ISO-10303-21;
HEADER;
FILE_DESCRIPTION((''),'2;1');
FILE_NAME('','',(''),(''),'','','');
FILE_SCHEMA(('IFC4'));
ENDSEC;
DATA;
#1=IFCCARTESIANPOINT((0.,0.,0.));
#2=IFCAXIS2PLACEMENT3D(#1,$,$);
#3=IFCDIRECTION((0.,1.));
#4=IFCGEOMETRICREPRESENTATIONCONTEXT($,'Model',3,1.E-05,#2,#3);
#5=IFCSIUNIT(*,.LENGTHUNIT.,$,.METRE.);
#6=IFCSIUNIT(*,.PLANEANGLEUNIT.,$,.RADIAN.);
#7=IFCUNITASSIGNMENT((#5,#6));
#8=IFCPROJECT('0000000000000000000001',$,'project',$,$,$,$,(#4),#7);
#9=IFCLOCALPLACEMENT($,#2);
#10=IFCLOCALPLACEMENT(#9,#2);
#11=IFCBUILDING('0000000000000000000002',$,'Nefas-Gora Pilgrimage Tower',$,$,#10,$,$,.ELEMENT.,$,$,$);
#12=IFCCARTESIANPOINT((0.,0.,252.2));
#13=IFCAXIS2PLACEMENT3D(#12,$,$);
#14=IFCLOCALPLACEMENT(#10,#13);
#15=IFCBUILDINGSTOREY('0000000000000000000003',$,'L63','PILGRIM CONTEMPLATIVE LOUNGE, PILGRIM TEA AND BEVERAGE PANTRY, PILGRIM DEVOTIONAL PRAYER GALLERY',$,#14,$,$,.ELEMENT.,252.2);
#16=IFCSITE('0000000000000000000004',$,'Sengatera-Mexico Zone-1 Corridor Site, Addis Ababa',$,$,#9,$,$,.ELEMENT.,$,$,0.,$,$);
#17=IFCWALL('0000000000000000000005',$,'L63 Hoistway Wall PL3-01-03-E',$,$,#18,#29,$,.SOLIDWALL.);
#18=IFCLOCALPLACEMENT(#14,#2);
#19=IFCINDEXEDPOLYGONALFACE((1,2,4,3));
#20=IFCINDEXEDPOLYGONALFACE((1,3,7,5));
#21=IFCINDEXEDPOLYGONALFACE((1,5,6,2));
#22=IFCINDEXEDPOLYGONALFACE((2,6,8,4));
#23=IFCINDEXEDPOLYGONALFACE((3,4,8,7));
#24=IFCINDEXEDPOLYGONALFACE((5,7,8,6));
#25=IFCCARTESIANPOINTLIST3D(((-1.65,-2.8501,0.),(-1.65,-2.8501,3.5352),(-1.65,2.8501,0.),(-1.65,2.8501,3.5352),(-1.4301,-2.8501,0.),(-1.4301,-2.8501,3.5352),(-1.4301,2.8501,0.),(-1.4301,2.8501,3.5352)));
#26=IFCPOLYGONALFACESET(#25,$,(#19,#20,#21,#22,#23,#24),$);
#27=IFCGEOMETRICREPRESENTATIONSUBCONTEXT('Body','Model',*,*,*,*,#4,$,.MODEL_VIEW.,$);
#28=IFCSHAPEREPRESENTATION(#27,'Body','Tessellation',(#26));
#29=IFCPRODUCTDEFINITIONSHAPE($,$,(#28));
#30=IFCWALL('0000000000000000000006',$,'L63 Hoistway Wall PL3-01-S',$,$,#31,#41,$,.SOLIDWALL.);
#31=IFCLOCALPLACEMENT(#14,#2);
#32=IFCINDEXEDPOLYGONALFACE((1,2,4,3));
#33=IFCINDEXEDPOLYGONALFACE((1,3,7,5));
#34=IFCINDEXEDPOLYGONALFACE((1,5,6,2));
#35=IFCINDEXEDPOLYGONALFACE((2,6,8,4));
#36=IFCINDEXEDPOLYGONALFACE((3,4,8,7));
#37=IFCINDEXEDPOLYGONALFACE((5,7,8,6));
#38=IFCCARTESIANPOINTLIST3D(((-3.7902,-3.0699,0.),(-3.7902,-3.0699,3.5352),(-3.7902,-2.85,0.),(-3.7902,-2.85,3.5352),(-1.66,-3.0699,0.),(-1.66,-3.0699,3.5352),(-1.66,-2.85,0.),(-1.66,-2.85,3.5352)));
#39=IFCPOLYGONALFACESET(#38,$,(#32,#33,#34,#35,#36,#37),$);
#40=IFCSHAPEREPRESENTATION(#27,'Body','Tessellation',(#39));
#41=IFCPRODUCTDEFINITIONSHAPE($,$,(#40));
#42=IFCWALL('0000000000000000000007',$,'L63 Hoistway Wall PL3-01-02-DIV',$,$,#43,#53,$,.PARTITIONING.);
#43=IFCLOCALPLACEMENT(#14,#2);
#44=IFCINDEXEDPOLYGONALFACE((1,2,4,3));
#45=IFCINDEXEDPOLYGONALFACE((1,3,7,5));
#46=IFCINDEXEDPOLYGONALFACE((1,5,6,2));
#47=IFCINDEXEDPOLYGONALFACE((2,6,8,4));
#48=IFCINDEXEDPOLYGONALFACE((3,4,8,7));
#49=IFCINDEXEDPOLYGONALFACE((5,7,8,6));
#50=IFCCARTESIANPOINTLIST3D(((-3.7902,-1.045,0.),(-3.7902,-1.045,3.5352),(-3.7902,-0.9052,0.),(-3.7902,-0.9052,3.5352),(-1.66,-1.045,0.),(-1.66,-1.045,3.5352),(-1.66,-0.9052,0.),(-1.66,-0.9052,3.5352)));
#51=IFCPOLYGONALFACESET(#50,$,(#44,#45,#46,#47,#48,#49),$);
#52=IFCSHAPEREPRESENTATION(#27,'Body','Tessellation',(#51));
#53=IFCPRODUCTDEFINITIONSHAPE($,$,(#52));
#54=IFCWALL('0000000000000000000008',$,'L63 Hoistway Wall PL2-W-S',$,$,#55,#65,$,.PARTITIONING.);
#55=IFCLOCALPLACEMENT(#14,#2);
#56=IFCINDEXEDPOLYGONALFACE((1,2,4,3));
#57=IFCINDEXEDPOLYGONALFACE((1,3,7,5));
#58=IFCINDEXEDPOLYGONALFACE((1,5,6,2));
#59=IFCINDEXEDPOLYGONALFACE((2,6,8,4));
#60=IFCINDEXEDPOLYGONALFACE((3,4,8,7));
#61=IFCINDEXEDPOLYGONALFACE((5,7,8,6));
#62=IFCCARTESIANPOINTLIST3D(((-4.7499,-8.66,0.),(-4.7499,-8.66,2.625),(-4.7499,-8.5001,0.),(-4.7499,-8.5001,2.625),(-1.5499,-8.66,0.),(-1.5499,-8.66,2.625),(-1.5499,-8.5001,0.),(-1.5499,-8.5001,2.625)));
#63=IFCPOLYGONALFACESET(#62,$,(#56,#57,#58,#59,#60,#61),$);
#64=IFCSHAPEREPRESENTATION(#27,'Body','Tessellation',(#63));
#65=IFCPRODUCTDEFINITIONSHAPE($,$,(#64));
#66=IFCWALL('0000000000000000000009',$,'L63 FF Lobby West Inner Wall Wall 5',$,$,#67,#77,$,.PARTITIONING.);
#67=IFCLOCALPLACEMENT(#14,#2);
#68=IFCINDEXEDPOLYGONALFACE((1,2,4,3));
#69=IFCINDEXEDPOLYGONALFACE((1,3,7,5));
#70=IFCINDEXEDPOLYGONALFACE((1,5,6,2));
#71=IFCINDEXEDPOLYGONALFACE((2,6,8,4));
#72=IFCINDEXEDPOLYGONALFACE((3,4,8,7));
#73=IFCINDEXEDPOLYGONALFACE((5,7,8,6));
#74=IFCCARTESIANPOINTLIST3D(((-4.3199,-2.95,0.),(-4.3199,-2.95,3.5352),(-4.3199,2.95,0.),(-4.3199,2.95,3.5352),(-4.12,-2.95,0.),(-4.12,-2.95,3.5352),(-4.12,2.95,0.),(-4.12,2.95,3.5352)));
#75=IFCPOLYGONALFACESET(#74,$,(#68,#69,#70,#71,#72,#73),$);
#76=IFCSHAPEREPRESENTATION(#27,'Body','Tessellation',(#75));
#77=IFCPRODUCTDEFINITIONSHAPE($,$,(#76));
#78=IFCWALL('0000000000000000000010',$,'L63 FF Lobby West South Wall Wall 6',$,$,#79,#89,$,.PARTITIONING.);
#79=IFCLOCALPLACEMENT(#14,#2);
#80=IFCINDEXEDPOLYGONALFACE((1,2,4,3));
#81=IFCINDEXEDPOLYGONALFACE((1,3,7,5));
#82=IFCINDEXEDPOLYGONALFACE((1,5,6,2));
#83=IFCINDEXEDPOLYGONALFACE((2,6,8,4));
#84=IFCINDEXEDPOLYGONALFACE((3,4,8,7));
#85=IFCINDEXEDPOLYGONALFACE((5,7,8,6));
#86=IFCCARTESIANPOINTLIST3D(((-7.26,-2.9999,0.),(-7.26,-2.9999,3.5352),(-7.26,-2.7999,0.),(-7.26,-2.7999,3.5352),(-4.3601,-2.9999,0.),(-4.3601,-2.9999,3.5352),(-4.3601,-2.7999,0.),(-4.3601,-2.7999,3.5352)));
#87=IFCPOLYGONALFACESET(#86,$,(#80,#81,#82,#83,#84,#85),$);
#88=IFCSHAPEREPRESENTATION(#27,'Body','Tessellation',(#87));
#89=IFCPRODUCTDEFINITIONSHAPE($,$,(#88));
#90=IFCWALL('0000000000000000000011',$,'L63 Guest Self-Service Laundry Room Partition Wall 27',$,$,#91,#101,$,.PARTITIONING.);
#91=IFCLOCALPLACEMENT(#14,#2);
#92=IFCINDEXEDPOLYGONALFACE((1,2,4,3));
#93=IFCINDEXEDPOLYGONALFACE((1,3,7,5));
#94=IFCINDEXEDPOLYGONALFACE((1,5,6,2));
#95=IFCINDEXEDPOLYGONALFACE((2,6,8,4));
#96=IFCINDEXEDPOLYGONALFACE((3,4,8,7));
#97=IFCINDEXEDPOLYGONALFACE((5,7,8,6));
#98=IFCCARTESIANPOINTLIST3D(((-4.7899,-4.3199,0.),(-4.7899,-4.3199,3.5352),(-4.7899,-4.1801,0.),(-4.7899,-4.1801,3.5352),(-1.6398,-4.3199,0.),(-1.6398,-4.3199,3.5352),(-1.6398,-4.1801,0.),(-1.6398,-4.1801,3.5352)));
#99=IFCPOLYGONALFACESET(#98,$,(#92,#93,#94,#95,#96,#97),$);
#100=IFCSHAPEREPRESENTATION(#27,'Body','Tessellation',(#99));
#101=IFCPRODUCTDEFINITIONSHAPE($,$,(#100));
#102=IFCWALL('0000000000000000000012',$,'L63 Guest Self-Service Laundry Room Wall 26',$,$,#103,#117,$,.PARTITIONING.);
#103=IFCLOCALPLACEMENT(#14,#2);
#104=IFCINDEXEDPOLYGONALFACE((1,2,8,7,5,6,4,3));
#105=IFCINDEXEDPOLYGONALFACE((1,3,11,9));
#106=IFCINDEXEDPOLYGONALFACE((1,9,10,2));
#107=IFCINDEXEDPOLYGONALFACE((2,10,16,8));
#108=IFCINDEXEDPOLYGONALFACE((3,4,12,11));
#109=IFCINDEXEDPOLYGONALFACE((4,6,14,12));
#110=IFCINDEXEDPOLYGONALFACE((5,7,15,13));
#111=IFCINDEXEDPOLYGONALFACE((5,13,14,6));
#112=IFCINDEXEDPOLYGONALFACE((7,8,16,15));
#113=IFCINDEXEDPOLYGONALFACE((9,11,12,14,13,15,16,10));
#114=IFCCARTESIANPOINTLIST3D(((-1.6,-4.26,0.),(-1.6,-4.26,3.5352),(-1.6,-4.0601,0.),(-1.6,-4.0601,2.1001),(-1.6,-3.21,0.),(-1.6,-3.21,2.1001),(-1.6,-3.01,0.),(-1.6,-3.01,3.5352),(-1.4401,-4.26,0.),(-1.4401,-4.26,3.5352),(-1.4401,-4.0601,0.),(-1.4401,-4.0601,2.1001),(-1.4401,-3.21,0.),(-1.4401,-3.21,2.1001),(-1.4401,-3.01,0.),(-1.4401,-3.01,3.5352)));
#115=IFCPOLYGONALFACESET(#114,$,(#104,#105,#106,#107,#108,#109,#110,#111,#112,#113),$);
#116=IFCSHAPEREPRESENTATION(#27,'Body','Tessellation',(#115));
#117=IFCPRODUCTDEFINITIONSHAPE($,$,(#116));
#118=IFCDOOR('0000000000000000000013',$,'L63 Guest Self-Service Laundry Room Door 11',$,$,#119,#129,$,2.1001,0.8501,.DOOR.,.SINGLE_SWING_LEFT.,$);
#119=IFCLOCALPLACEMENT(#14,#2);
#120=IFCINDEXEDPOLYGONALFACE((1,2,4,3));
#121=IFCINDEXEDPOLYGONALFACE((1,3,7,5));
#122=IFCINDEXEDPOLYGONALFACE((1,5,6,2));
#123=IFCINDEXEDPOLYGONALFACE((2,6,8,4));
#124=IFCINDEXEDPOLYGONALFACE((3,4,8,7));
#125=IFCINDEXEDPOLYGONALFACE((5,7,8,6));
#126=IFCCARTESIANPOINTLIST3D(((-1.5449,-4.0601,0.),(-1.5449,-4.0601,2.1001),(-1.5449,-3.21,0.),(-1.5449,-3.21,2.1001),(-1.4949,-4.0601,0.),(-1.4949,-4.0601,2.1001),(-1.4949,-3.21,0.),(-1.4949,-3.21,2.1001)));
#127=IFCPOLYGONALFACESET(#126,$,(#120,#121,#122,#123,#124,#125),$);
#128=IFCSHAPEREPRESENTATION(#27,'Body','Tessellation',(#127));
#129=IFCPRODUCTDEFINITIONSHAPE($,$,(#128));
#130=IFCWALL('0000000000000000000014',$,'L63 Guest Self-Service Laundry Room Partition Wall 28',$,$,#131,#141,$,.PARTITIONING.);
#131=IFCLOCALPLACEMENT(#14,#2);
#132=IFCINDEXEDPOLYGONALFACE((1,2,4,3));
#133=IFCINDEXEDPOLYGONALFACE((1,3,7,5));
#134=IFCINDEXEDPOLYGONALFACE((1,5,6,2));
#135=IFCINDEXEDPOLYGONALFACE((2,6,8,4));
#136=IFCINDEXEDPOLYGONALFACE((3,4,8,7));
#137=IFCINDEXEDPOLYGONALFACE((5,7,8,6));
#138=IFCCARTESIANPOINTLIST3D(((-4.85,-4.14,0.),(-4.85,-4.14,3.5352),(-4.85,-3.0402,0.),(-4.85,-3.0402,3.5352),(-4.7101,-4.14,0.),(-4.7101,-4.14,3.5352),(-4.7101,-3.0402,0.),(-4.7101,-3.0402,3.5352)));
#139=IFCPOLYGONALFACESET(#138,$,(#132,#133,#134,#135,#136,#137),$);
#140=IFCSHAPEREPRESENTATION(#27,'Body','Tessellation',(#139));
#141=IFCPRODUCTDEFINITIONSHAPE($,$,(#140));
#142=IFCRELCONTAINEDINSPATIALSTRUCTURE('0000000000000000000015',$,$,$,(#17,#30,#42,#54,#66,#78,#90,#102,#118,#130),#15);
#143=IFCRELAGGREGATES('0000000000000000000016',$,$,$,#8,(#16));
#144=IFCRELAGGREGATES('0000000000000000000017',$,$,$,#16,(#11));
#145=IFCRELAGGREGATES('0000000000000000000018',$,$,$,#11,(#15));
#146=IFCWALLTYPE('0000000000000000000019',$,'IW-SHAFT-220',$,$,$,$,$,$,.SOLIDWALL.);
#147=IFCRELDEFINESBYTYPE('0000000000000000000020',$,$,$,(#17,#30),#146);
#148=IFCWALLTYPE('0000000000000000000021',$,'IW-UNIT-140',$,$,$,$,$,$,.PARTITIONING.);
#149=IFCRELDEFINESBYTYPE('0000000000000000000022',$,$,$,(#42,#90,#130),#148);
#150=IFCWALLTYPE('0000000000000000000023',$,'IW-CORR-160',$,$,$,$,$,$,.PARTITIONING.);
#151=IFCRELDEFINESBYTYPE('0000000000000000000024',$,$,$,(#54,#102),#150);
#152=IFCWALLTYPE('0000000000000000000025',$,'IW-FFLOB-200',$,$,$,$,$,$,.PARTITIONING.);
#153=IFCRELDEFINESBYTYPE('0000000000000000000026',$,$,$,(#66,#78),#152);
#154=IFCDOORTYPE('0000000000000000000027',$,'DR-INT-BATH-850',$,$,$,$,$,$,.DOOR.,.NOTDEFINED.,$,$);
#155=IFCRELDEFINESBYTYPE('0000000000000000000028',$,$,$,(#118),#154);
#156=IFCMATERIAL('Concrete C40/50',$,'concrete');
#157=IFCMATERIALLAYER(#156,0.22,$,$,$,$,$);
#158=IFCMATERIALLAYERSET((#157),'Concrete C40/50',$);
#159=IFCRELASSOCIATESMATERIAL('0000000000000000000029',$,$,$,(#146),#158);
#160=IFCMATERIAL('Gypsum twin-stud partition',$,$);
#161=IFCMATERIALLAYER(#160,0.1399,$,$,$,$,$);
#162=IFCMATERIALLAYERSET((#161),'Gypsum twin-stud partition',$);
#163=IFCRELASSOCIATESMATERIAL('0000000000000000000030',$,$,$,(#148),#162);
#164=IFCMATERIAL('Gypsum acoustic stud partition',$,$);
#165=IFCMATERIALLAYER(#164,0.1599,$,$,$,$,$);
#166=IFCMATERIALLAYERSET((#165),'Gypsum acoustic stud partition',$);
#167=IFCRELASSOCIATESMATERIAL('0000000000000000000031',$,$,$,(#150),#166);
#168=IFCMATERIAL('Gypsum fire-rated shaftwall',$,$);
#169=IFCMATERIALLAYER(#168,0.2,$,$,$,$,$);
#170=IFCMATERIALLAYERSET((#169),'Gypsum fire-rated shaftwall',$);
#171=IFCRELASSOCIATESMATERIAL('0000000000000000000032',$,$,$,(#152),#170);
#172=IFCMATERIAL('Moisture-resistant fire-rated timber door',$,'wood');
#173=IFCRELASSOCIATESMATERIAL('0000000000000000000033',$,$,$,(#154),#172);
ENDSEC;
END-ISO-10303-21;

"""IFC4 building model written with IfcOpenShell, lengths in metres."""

from ifc_helpers import new_model, si_unit, direction, frame, frame_2d, origin, place, context, subcontext, project, spatial, rectangle, extrude, source, transform, mapped, material, layer, layer_set, type_object, element, fill, save


model = new_model("IFC4")

# Units and contexts
model_context = context("Model", 3, precision=1e-05, world=origin(), true_north=direction((0.0, 1.0)))
body_context = subcontext(model_context, "Body", "Model", "MODEL_VIEW")
ifc_project = project(units=[si_unit("LENGTHUNIT", "METRE"), si_unit("PLANEANGLEUNIT", "RADIAN")], contexts=[model_context])

# Site, building, storey
site_placement = place(None, origin())
site = spatial("IfcSite", under=ifc_project, at=site_placement, Name="Sengatera-Mexico Zone-1 Corridor Site, Addis Ababa", CompositionType="ELEMENT", RefElevation=0.0)
building_placement = place(site_placement, origin())
building = spatial("IfcBuilding", under=site, at=building_placement, Name="Nefas-Gora Pilgrimage Tower", CompositionType="ELEMENT")
storey_placement = place(building_placement, frame((0.0, 0.0, 252.2)))
storey = spatial("IfcBuildingStorey", under=building, at=storey_placement, Name="L63", Description="PILGRIM CONTEMPLATIVE LOUNGE, PILGRIM TEA AND BEVERAGE PANTRY, PILGRIM DEVOTIONAL PRAYER GALLERY", CompositionType="ELEMENT", Elevation=252.2)

# Shared definitions
ifc_material_1 = material(Name="Concrete C40/50", Category="concrete")
ifc_layer_1 = layer(ifc_material_1, 0.22)
ifc_layer_set_1 = layer_set([ifc_layer_1], Name="Concrete C40/50")
wall_type_1 = type_object("IfcWallType", Name="IW-SHAFT-220", PredefinedType="SOLIDWALL", material=ifc_layer_set_1)

# Walls
ifc_material_2 = material(Name="Gypsum twin-stud partition")
ifc_layer_2 = layer(ifc_material_2, 0.1399)
ifc_layer_set_2 = layer_set([ifc_layer_2], Name="Gypsum twin-stud partition")
wall_type_2 = type_object("IfcWallType", Name="IW-UNIT-140", PredefinedType="PARTITIONING", material=ifc_layer_set_2)
shared_shape_1 = source(origin(), body_context, "Body", "SweptSolid", [
    extrude(rectangle(XDim=5.7002, YDim=0.22, at=frame_2d((2.8501, 0.0))), origin(), (0.0, 0.0, 1.0), 3.5352),
])
wall_1_placement = place(storey_placement, frame((-1.54, -2.8501, 0.0), z_axis=(0.0, 0.0, 1.0), x_axis=(0.0, 1.0, 0.0)))
element("IfcWall", 1, at=wall_1_placement, inside=storey, type_object=wall_type_1, Name="L63 Hoistway Wall PL3-01-03-E", PredefinedType="SOLIDWALL", context=body_context, shape_type="MappedRepresentation", body=[
    mapped(shared_shape_1, transform((0.0, 0.0, 0.0), x_axis=(1.0, 0.0, 0.0), y_axis=(0.0, 1.0, 0.0), z_axis=(0.0, 0.0, 1.0), scale=1.0)),
])
shared_shape_2 = source(origin(), body_context, "Body", "SweptSolid", [
    extrude(rectangle(XDim=2.1301, YDim=0.22, at=frame_2d((1.0649, 0.0))), origin(), (0.0, 0.0, 1.0), 3.5352),
])
wall_2_placement = place(storey_placement, frame((-3.79, -2.96, 0.0), z_axis=(0.0, 0.0, 1.0), x_axis=(1.0, 0.0, 0.0)))
element("IfcWall", 2, at=wall_2_placement, inside=storey, type_object=wall_type_1, Name="L63 Hoistway Wall PL3-01-S", PredefinedType="SOLIDWALL", context=body_context, shape_type="MappedRepresentation", body=[
    mapped(shared_shape_2, transform((0.0, 0.0, 0.0), x_axis=(1.0, 0.0, 0.0), y_axis=(0.0, 1.0, 0.0), z_axis=(0.0, 0.0, 1.0), scale=1.0)),
])
shared_shape_3 = source(origin(), body_context, "Body", "SweptSolid", [
    extrude(rectangle(XDim=2.1301, YDim=0.1399, at=frame_2d((1.0649, 0.0))), origin(), (0.0, 0.0, 1.0), 3.5352),
])
wall_3_placement = place(storey_placement, frame((-3.79, -0.9751, 0.0), z_axis=(0.0, 0.0, 1.0), x_axis=(1.0, 0.0, 0.0)))
element("IfcWall", 3, at=wall_3_placement, inside=storey, type_object=wall_type_2, Name="L63 Hoistway Wall PL3-01-02-DIV", PredefinedType="PARTITIONING", context=body_context, shape_type="MappedRepresentation", body=[
    mapped(shared_shape_3, transform((0.0, 0.0, 0.0), x_axis=(1.0, 0.0, 0.0), y_axis=(0.0, 1.0, 0.0), z_axis=(0.0, 0.0, 1.0), scale=1.0)),
])
ifc_material_3 = material(Name="Gypsum acoustic stud partition")
ifc_layer_3 = layer(ifc_material_3, 0.1599)
ifc_layer_set_3 = layer_set([ifc_layer_3], Name="Gypsum acoustic stud partition")
wall_type_3 = type_object("IfcWallType", Name="IW-CORR-160", PredefinedType="PARTITIONING", material=ifc_layer_set_3)
shared_shape_4 = source(origin(), body_context, "Body", "SweptSolid", [
    extrude(rectangle(XDim=3.2, YDim=0.1599, at=frame_2d((1.6001, 0.0))), origin(), (0.0, 0.0, 1.0), 2.625),
])
wall_4_placement = place(storey_placement, frame((-4.75, -8.5801, 0.0), z_axis=(0.0, 0.0, 1.0), x_axis=(1.0, 0.0, 0.0)))
element("IfcWall", 4, at=wall_4_placement, inside=storey, type_object=wall_type_3, Name="L63 Hoistway Wall PL2-W-S", PredefinedType="PARTITIONING", context=body_context, shape_type="MappedRepresentation", body=[
    mapped(shared_shape_4, transform((0.0, 0.0, 0.0), x_axis=(1.0, 0.0, 0.0), y_axis=(0.0, 1.0, 0.0), z_axis=(0.0, 0.0, 1.0), scale=1.0)),
])
ifc_material_4 = material(Name="Gypsum fire-rated shaftwall")
ifc_layer_4 = layer(ifc_material_4, 0.2)
ifc_layer_set_4 = layer_set([ifc_layer_4], Name="Gypsum fire-rated shaftwall")
wall_type_4 = type_object("IfcWallType", Name="IW-FFLOB-200", PredefinedType="PARTITIONING", material=ifc_layer_set_4)
shared_shape_5 = source(origin(), body_context, "Body", "SweptSolid", [
    extrude(rectangle(XDim=5.8999, YDim=0.2, at=frame_2d((2.95, 0.0))), origin(), (0.0, 0.0, 1.0), 3.5352),
])
wall_5_placement = place(storey_placement, frame((-4.22, -2.95, 0.0), z_axis=(0.0, 0.0, 1.0), x_axis=(0.0, 1.0, 0.0)))
element("IfcWall", 5, at=wall_5_placement, inside=storey, type_object=wall_type_4, Name="L63 FF Lobby West Inner Wall Wall 5", PredefinedType="PARTITIONING", context=body_context, shape_type="MappedRepresentation", body=[
    mapped(shared_shape_5, transform((0.0, 0.0, 0.0), x_axis=(1.0, 0.0, 0.0), y_axis=(0.0, 1.0, 0.0), z_axis=(0.0, 0.0, 1.0), scale=1.0)),
])
shared_shape_6 = source(origin(), body_context, "Body", "SweptSolid", [
    extrude(rectangle(XDim=2.8999, YDim=0.2, at=frame_2d((1.45, 0.0))), origin(), (0.0, 0.0, 1.0), 3.5352),
])
wall_6_placement = place(storey_placement, frame((-7.26, -2.8999, 0.0), z_axis=(0.0, 0.0, 1.0), x_axis=(1.0, 0.0, 0.0)))
element("IfcWall", 6, at=wall_6_placement, inside=storey, type_object=wall_type_4, Name="L63 FF Lobby West South Wall Wall 6", PredefinedType="PARTITIONING", context=body_context, shape_type="MappedRepresentation", body=[
    mapped(shared_shape_6, transform((0.0, 0.0, 0.0), x_axis=(1.0, 0.0, 0.0), y_axis=(0.0, 1.0, 0.0), z_axis=(0.0, 0.0, 1.0), scale=1.0)),
])
shared_shape_7 = source(origin(), body_context, "Body", "SweptSolid", [
    extrude(rectangle(XDim=3.1501, YDim=0.1399, at=frame_2d((1.5752, 0.0))), origin(), (0.0, 0.0, 1.0), 3.5352),
])
wall_7_placement = place(storey_placement, frame((-4.79, -4.25, 0.0), z_axis=(0.0, 0.0, 1.0), x_axis=(1.0, 0.0, 0.0)))
element("IfcWall", 7, at=wall_7_placement, inside=storey, type_object=wall_type_2, Name="L63 Guest Self-Service Laundry Room Partition Wall 27", PredefinedType="PARTITIONING", context=body_context, shape_type="MappedRepresentation", body=[
    mapped(shared_shape_7, transform((0.0, 0.0, 0.0), x_axis=(1.0, 0.0, 0.0), y_axis=(0.0, 1.0, 0.0), z_axis=(0.0, 0.0, 1.0), scale=1.0)),
])

# Wall, opening, door
shared_shape_8 = source(origin(), body_context, "Body", "SweptSolid", [
    extrude(rectangle(XDim=1.25, YDim=0.1599, at=frame_2d((0.625, 0.0))), origin(), (0.0, 0.0, 1.0), 3.5352),
])
wall_8_placement = place(storey_placement, frame((-1.52, -4.26, 0.0), z_axis=(0.0, 0.0, 1.0), x_axis=(0.0, 1.0, 0.0)))
wall_8 = element("IfcWall", 8, at=wall_8_placement, inside=storey, type_object=wall_type_3, Name="L63 Guest Self-Service Laundry Room Wall 26", PredefinedType="PARTITIONING", context=body_context, shape_type="MappedRepresentation", body=[
    mapped(shared_shape_8, transform((0.0, 0.0, 0.0), x_axis=(1.0, 0.0, 0.0), y_axis=(0.0, 1.0, 0.0), z_axis=(0.0, 0.0, 1.0), scale=1.0)),
])
opening_1_placement = place(wall_8_placement, frame((0.2, 0.0, 0.0)))
opening_1 = element("IfcOpeningElement", 9, at=opening_1_placement, cuts=wall_8, PredefinedType="OPENING", context=body_context, shape_type="SweptSolid", body=[
    extrude(rectangle(XDim=0.8501, YDim=2.1001, at=frame_2d((0.425, 1.05))), frame((0.0, 0.0898, 0.0), z_axis=(0.0, -1.0, 0.0), x_axis=(1.0, 0.0, 0.0)), (0.0, 0.0, 1.0), 0.1799),
])
ifc_material_5 = material(Name="Moisture-resistant fire-rated timber door", Category="wood")
door_type_1 = type_object("IfcDoorType", Name="DR-INT-BATH-850", OperationType="NOTDEFINED", PredefinedType="DOOR", material=ifc_material_5)
shared_shape_9 = source(origin(), body_context, "Body", "SweptSolid", [
    extrude(rectangle(XDim=0.8501, YDim=2.1001, at=frame_2d((0.425, 1.05))), frame((0.0, 0.0249, 0.0), z_axis=(0.0, -1.0, 0.0), x_axis=(1.0, 0.0, 0.0)), (0.0, 0.0, 1.0), 0.05),
])
door_1_placement = place(opening_1_placement, origin())
door_1 = element("IfcDoor", 10, at=door_1_placement, inside=storey, type_object=door_type_1, Name="L63 Guest Self-Service Laundry Room Door 11", OperationType="SINGLE_SWING_LEFT", OverallHeight=2.1001, OverallWidth=0.8501, PredefinedType="DOOR", context=body_context, shape_type="MappedRepresentation", body=[
    mapped(shared_shape_9, transform((0.0, 0.0, 0.0), x_axis=(1.0, 0.0, 0.0), y_axis=(0.0, 1.0, 0.0), z_axis=(0.0, 0.0, 1.0), scale=1.0)),
])
fill(opening_1, door_1)

# Wall
shared_shape_10 = source(origin(), body_context, "Body", "SweptSolid", [
    extrude(rectangle(XDim=1.0999, YDim=0.1399, at=frame_2d((0.5498, 0.0))), origin(), (0.0, 0.0, 1.0), 3.5352),
])
wall_9_placement = place(storey_placement, frame((-4.78, -4.1399, 0.0), z_axis=(0.0, 0.0, 1.0), x_axis=(0.0, 1.0, 0.0)))
element("IfcWall", 11, at=wall_9_placement, inside=storey, type_object=wall_type_2, Name="L63 Guest Self-Service Laundry Room Partition Wall 28", PredefinedType="PARTITIONING", context=body_context, shape_type="MappedRepresentation", body=[
    mapped(shared_shape_10, transform((0.0, 0.0, 0.0), x_axis=(1.0, 0.0, 0.0), y_axis=(0.0, 1.0, 0.0), z_axis=(0.0, 0.0, 1.0), scale=1.0)),
])

save(model, "model.ifc")
